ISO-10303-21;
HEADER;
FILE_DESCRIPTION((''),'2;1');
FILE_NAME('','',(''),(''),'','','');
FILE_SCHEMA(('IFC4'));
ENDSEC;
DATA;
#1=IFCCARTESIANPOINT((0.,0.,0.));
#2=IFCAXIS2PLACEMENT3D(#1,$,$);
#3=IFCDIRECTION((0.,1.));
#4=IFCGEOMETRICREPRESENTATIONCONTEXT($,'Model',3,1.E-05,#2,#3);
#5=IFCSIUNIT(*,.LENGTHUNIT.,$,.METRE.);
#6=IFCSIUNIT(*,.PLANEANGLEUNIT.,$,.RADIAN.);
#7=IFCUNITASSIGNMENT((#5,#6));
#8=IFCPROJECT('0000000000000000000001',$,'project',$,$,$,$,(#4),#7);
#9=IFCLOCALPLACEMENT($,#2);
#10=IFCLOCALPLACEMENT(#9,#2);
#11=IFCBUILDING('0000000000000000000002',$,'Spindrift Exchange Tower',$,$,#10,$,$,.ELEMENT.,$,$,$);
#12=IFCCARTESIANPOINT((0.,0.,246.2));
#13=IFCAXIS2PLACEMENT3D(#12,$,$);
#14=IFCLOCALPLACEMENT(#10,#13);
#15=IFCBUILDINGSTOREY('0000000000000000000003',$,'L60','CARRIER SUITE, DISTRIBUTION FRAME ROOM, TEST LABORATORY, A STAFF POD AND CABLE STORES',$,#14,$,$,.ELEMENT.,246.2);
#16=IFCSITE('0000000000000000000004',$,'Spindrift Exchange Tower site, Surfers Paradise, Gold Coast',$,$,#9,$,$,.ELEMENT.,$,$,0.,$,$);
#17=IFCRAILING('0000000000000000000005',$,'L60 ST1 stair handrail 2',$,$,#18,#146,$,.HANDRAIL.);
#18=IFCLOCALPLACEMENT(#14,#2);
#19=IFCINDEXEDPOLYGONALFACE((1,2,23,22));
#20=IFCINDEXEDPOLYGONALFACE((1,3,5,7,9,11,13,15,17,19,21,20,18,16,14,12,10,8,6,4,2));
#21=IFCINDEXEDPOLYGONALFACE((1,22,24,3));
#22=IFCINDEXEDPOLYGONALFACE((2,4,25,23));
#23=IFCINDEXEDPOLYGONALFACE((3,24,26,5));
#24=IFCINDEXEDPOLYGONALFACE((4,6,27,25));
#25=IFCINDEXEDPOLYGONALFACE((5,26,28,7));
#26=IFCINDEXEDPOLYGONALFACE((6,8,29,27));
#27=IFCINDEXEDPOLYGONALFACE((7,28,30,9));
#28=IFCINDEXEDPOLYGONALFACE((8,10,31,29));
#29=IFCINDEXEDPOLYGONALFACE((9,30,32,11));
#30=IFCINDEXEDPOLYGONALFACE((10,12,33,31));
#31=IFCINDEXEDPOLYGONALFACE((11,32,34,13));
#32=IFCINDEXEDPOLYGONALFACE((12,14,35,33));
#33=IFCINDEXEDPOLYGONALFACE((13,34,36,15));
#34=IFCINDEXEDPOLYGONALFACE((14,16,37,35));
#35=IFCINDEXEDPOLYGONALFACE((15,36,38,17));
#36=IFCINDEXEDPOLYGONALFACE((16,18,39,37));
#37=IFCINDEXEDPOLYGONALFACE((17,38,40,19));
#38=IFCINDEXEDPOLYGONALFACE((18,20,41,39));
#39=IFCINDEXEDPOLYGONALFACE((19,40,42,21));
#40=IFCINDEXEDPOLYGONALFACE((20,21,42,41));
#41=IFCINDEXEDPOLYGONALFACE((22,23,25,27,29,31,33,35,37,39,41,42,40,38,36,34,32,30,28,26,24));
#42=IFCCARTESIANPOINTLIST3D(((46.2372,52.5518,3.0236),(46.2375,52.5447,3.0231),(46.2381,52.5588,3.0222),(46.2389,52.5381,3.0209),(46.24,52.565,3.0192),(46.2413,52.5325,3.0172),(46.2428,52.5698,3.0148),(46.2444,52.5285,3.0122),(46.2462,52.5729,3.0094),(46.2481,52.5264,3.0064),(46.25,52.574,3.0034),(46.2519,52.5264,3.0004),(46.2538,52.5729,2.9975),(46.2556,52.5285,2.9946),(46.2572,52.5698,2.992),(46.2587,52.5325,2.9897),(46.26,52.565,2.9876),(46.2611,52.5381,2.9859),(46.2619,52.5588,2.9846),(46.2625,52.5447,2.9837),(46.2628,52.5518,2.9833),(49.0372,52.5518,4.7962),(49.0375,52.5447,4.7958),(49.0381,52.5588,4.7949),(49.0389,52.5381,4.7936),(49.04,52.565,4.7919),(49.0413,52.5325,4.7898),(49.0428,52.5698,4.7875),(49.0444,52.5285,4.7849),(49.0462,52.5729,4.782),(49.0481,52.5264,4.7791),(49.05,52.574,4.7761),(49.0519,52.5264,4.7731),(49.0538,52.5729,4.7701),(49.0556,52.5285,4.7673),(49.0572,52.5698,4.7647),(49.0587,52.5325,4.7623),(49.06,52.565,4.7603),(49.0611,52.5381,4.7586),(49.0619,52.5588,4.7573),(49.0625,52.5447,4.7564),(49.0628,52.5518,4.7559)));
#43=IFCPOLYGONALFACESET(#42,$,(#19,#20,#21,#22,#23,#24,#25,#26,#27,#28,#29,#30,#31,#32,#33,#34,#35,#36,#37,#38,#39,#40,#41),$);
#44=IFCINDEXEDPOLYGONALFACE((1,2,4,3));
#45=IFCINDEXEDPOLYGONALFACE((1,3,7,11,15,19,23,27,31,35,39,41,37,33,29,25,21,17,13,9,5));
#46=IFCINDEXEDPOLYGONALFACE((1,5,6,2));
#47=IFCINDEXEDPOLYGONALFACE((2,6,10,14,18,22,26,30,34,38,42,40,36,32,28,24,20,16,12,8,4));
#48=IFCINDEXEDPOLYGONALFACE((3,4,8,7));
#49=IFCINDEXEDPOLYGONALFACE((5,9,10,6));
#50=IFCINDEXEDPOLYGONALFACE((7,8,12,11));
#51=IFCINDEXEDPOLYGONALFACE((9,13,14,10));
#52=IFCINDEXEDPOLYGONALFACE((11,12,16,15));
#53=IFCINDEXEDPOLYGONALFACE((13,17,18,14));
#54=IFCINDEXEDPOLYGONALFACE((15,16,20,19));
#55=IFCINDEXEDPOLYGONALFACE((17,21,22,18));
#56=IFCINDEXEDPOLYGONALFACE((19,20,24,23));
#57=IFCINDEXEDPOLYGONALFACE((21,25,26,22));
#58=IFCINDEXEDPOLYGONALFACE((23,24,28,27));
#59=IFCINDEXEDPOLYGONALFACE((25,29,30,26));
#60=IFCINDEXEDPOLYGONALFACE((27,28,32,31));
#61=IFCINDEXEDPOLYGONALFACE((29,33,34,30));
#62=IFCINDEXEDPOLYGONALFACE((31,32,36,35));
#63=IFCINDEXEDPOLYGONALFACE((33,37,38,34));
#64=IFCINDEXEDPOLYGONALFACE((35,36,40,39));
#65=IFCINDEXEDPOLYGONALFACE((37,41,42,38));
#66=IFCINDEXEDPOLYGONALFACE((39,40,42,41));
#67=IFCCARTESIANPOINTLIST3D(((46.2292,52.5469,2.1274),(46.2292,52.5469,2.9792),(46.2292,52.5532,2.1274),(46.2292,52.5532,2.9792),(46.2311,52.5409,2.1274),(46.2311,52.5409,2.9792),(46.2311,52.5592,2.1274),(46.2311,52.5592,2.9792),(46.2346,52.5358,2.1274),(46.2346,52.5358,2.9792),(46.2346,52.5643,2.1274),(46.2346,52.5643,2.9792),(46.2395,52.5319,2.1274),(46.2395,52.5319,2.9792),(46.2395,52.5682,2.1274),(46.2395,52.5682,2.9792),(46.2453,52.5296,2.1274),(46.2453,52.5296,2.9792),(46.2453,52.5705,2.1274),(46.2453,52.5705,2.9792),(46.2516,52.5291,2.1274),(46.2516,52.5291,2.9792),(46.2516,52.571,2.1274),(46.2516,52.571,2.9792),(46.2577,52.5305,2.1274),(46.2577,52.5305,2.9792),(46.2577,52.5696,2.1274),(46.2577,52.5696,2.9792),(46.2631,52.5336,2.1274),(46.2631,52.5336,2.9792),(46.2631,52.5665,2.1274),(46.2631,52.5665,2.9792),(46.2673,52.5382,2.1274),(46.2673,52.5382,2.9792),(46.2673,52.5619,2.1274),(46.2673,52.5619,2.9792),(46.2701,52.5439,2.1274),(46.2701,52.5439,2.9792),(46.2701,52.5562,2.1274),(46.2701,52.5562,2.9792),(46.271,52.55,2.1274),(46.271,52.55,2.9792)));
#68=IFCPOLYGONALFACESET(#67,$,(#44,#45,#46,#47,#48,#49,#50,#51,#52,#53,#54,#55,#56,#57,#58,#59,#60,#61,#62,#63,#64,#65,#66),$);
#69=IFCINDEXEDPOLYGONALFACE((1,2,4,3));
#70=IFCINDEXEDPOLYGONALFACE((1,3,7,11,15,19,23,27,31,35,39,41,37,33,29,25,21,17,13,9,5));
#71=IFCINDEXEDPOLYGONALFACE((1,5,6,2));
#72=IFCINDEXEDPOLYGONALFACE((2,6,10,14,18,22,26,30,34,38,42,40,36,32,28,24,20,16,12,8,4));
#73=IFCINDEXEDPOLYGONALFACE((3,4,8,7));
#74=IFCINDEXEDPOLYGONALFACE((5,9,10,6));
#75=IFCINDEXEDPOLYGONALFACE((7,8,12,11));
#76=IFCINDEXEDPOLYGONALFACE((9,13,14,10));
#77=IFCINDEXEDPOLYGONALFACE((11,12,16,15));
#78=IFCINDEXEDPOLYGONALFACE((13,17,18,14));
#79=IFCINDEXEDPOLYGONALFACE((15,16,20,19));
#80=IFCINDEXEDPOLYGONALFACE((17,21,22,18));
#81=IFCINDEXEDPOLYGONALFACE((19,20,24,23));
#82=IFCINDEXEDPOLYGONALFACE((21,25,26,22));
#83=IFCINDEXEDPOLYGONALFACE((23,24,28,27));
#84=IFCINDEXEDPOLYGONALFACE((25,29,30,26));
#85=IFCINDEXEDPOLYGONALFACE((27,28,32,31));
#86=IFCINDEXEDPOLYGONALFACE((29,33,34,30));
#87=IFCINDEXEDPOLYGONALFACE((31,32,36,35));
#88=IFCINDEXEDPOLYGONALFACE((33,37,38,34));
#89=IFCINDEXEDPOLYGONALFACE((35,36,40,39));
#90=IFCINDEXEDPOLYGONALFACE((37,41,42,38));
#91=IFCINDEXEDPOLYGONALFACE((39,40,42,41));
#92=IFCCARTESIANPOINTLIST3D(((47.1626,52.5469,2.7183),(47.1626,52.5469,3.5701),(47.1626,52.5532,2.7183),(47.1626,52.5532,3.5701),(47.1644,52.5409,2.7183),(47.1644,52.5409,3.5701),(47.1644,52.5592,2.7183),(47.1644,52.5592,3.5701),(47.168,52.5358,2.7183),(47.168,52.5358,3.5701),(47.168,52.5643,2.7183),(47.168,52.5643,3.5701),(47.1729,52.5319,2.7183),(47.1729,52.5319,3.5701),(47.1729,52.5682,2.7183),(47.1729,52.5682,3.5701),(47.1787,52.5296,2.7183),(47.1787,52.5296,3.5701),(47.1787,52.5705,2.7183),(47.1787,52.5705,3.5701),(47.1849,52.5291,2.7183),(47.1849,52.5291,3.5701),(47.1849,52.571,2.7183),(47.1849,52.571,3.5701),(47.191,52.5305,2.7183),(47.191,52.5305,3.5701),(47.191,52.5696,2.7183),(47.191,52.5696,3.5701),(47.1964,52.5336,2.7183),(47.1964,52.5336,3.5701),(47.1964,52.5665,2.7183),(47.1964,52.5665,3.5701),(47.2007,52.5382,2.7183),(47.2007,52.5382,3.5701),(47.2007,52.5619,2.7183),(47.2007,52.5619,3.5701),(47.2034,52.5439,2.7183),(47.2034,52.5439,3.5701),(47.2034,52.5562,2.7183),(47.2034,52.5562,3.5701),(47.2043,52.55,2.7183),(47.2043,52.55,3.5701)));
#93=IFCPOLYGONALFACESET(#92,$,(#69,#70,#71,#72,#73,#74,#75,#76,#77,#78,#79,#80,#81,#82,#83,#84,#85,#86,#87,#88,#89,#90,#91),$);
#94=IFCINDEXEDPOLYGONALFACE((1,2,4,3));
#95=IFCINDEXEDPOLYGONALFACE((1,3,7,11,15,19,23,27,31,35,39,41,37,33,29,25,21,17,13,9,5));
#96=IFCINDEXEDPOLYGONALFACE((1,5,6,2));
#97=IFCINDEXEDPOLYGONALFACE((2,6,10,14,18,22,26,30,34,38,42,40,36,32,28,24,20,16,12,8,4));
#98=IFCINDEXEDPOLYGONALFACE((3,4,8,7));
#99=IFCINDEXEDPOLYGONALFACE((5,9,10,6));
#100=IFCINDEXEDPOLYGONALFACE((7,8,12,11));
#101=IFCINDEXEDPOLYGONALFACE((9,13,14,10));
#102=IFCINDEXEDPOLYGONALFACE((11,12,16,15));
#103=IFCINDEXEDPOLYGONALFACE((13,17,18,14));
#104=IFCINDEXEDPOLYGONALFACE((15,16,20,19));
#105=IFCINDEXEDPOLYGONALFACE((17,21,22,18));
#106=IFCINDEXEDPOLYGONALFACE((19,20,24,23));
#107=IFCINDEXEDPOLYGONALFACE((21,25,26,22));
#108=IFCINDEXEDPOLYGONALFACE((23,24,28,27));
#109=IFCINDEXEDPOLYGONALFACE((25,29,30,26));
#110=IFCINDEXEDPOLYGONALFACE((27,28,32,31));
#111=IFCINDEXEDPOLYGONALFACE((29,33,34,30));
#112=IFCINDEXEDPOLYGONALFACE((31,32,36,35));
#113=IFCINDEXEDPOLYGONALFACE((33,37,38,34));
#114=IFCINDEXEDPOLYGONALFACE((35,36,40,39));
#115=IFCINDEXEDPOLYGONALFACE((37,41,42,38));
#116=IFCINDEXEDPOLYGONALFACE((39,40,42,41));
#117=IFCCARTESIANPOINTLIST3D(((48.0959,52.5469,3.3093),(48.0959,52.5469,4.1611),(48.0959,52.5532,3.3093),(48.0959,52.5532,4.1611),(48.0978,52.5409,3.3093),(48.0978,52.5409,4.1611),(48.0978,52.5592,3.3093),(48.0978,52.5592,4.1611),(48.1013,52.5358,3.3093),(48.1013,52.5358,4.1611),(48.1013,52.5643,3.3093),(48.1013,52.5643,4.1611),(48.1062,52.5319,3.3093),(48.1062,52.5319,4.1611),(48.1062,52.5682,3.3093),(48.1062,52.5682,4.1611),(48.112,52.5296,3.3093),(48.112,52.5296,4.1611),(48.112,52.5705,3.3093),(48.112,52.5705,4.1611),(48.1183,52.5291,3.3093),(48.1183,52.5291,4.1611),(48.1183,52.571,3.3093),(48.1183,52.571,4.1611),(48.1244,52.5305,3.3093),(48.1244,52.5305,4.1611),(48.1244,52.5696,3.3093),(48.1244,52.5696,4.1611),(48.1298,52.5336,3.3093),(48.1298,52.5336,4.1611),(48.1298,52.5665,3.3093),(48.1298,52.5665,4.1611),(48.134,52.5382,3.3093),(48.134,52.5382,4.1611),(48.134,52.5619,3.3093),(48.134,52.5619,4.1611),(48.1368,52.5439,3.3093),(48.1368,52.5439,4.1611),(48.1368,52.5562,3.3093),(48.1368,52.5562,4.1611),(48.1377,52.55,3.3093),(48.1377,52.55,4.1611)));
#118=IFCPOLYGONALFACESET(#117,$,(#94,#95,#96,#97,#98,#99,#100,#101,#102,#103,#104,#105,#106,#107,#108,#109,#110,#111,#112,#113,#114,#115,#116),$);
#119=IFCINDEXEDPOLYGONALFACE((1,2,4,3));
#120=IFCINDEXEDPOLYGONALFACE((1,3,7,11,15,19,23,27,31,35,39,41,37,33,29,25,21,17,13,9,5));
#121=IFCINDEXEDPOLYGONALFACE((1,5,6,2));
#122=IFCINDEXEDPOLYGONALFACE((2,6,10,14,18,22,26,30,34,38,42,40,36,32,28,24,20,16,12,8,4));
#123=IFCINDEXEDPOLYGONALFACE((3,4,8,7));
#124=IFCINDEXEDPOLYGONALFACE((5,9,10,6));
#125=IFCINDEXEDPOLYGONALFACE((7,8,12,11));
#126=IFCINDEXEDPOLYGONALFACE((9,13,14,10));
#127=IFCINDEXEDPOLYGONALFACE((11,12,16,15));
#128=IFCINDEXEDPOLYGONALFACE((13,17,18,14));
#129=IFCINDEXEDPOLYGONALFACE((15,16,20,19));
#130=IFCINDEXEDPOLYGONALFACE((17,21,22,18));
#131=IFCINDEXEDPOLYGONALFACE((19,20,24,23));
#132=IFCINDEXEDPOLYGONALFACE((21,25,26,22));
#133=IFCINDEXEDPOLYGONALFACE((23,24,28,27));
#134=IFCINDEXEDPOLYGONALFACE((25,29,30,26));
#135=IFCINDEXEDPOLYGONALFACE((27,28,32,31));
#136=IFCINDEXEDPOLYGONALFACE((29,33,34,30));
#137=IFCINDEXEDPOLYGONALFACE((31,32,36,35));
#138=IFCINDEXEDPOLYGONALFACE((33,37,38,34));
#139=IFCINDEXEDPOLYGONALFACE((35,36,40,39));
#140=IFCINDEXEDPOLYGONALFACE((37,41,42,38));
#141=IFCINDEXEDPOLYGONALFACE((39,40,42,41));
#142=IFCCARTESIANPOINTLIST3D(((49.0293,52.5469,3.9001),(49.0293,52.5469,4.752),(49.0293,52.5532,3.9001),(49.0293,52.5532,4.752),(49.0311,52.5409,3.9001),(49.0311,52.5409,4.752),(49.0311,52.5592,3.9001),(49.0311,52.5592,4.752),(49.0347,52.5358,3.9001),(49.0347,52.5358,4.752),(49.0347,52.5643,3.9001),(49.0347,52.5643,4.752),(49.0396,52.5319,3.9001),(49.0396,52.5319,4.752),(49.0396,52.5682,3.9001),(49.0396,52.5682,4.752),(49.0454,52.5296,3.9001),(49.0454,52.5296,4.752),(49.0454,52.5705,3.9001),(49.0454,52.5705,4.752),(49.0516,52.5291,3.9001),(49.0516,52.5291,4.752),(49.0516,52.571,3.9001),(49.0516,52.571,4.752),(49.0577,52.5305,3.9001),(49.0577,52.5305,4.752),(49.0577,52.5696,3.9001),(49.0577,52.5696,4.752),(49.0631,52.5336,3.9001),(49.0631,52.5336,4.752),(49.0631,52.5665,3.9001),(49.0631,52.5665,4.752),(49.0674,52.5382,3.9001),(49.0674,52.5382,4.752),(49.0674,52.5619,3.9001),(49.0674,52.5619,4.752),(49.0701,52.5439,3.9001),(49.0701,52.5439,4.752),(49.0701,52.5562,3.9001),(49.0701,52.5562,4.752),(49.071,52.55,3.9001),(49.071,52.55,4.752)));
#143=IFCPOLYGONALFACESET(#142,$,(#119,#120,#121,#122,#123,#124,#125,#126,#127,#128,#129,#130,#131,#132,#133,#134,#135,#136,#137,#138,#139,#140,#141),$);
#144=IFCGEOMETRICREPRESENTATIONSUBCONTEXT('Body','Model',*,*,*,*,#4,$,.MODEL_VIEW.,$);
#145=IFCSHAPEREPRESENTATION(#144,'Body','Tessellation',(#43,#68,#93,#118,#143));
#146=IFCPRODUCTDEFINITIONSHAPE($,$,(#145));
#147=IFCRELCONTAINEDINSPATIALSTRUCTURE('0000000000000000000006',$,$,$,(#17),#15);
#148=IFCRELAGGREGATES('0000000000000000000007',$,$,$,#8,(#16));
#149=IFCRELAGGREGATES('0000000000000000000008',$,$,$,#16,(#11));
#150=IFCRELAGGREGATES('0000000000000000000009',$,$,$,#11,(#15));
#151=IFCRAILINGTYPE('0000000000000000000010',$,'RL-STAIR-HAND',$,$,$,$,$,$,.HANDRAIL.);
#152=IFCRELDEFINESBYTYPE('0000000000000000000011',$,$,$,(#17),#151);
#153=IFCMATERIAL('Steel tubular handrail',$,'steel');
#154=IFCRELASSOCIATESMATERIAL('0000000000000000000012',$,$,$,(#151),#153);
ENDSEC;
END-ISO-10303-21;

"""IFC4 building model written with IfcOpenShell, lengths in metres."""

from ifc_helpers import new_model, si_unit, direction, frame, origin, origin_2d, place, context, subcontext, project, spatial, circle, extrude, material, type_object, element, save


model = new_model("IFC4")

# Units and contexts
model_context = context("Model", 3, precision=1e-05, world=origin(), true_north=direction((0.0, 1.0)))
body_context = subcontext(model_context, "Body", "Model", "MODEL_VIEW")
ifc_project = project(units=[si_unit("LENGTHUNIT", "METRE"), si_unit("PLANEANGLEUNIT", "RADIAN")], contexts=[model_context])

# Site, building, storey
site_placement = place(None, origin())
site = spatial("IfcSite", under=ifc_project, at=site_placement, Name="Spindrift Exchange Tower site, Surfers Paradise, Gold Coast", CompositionType="ELEMENT", RefElevation=0.0)
building_placement = place(site_placement, origin())
building = spatial("IfcBuilding", under=site, at=building_placement, Name="Spindrift Exchange Tower", CompositionType="ELEMENT")
storey_placement = place(building_placement, frame((0.0, 0.0, 246.2)))
storey = spatial("IfcBuildingStorey", under=building, at=storey_placement, Name="L60", Description="CARRIER SUITE, DISTRIBUTION FRAME ROOM, TEST LABORATORY, A STAFF POD AND CABLE STORES", CompositionType="ELEMENT", Elevation=246.2)

# Railing
ifc_material_1 = material(Name="Steel tubular handrail", Category="steel")
railing_type_1 = type_object("IfcRailingType", Name="RL-STAIR-HAND", PredefinedType="HANDRAIL", material=ifc_material_1)
railing_1_placement = place(storey_placement, frame((46.25, 52.55, 2.1274)))
element("IfcRailing", 1, at=railing_1_placement, inside=storey, type_object=railing_type_1, Name="L60 ST1 stair handrail 2", PredefinedType="HANDRAIL", context=body_context, shape_type="SweptSolid", body=[
    extrude(circle(Radius=0.0239, at=origin_2d()), frame((0.0, 0.0, 0.876), z_axis=(0.844909, 0.0, 0.53491), x_axis=(0.0, 1.0, 0.0)), (0.0, 0.0, 1.0), 3.314),
    extrude(circle(Radius=0.021, at=origin_2d()), origin(), (0.0, 0.0, 1.0), 0.8518),
    extrude(circle(Radius=0.021, at=origin_2d()), frame((0.9333, 0.0, 0.5908)), (0.0, 0.0, 1.0), 0.8518),
    extrude(circle(Radius=0.021, at=origin_2d()), frame((1.8667, 0.0, 1.1819)), (0.0, 0.0, 1.0), 0.8518),
    extrude(circle(Radius=0.021, at=origin_2d()), frame((2.8, 0.0, 1.7727)), (0.0, 0.0, 1.0), 0.8518),
])

save(model, "model.ifc")
